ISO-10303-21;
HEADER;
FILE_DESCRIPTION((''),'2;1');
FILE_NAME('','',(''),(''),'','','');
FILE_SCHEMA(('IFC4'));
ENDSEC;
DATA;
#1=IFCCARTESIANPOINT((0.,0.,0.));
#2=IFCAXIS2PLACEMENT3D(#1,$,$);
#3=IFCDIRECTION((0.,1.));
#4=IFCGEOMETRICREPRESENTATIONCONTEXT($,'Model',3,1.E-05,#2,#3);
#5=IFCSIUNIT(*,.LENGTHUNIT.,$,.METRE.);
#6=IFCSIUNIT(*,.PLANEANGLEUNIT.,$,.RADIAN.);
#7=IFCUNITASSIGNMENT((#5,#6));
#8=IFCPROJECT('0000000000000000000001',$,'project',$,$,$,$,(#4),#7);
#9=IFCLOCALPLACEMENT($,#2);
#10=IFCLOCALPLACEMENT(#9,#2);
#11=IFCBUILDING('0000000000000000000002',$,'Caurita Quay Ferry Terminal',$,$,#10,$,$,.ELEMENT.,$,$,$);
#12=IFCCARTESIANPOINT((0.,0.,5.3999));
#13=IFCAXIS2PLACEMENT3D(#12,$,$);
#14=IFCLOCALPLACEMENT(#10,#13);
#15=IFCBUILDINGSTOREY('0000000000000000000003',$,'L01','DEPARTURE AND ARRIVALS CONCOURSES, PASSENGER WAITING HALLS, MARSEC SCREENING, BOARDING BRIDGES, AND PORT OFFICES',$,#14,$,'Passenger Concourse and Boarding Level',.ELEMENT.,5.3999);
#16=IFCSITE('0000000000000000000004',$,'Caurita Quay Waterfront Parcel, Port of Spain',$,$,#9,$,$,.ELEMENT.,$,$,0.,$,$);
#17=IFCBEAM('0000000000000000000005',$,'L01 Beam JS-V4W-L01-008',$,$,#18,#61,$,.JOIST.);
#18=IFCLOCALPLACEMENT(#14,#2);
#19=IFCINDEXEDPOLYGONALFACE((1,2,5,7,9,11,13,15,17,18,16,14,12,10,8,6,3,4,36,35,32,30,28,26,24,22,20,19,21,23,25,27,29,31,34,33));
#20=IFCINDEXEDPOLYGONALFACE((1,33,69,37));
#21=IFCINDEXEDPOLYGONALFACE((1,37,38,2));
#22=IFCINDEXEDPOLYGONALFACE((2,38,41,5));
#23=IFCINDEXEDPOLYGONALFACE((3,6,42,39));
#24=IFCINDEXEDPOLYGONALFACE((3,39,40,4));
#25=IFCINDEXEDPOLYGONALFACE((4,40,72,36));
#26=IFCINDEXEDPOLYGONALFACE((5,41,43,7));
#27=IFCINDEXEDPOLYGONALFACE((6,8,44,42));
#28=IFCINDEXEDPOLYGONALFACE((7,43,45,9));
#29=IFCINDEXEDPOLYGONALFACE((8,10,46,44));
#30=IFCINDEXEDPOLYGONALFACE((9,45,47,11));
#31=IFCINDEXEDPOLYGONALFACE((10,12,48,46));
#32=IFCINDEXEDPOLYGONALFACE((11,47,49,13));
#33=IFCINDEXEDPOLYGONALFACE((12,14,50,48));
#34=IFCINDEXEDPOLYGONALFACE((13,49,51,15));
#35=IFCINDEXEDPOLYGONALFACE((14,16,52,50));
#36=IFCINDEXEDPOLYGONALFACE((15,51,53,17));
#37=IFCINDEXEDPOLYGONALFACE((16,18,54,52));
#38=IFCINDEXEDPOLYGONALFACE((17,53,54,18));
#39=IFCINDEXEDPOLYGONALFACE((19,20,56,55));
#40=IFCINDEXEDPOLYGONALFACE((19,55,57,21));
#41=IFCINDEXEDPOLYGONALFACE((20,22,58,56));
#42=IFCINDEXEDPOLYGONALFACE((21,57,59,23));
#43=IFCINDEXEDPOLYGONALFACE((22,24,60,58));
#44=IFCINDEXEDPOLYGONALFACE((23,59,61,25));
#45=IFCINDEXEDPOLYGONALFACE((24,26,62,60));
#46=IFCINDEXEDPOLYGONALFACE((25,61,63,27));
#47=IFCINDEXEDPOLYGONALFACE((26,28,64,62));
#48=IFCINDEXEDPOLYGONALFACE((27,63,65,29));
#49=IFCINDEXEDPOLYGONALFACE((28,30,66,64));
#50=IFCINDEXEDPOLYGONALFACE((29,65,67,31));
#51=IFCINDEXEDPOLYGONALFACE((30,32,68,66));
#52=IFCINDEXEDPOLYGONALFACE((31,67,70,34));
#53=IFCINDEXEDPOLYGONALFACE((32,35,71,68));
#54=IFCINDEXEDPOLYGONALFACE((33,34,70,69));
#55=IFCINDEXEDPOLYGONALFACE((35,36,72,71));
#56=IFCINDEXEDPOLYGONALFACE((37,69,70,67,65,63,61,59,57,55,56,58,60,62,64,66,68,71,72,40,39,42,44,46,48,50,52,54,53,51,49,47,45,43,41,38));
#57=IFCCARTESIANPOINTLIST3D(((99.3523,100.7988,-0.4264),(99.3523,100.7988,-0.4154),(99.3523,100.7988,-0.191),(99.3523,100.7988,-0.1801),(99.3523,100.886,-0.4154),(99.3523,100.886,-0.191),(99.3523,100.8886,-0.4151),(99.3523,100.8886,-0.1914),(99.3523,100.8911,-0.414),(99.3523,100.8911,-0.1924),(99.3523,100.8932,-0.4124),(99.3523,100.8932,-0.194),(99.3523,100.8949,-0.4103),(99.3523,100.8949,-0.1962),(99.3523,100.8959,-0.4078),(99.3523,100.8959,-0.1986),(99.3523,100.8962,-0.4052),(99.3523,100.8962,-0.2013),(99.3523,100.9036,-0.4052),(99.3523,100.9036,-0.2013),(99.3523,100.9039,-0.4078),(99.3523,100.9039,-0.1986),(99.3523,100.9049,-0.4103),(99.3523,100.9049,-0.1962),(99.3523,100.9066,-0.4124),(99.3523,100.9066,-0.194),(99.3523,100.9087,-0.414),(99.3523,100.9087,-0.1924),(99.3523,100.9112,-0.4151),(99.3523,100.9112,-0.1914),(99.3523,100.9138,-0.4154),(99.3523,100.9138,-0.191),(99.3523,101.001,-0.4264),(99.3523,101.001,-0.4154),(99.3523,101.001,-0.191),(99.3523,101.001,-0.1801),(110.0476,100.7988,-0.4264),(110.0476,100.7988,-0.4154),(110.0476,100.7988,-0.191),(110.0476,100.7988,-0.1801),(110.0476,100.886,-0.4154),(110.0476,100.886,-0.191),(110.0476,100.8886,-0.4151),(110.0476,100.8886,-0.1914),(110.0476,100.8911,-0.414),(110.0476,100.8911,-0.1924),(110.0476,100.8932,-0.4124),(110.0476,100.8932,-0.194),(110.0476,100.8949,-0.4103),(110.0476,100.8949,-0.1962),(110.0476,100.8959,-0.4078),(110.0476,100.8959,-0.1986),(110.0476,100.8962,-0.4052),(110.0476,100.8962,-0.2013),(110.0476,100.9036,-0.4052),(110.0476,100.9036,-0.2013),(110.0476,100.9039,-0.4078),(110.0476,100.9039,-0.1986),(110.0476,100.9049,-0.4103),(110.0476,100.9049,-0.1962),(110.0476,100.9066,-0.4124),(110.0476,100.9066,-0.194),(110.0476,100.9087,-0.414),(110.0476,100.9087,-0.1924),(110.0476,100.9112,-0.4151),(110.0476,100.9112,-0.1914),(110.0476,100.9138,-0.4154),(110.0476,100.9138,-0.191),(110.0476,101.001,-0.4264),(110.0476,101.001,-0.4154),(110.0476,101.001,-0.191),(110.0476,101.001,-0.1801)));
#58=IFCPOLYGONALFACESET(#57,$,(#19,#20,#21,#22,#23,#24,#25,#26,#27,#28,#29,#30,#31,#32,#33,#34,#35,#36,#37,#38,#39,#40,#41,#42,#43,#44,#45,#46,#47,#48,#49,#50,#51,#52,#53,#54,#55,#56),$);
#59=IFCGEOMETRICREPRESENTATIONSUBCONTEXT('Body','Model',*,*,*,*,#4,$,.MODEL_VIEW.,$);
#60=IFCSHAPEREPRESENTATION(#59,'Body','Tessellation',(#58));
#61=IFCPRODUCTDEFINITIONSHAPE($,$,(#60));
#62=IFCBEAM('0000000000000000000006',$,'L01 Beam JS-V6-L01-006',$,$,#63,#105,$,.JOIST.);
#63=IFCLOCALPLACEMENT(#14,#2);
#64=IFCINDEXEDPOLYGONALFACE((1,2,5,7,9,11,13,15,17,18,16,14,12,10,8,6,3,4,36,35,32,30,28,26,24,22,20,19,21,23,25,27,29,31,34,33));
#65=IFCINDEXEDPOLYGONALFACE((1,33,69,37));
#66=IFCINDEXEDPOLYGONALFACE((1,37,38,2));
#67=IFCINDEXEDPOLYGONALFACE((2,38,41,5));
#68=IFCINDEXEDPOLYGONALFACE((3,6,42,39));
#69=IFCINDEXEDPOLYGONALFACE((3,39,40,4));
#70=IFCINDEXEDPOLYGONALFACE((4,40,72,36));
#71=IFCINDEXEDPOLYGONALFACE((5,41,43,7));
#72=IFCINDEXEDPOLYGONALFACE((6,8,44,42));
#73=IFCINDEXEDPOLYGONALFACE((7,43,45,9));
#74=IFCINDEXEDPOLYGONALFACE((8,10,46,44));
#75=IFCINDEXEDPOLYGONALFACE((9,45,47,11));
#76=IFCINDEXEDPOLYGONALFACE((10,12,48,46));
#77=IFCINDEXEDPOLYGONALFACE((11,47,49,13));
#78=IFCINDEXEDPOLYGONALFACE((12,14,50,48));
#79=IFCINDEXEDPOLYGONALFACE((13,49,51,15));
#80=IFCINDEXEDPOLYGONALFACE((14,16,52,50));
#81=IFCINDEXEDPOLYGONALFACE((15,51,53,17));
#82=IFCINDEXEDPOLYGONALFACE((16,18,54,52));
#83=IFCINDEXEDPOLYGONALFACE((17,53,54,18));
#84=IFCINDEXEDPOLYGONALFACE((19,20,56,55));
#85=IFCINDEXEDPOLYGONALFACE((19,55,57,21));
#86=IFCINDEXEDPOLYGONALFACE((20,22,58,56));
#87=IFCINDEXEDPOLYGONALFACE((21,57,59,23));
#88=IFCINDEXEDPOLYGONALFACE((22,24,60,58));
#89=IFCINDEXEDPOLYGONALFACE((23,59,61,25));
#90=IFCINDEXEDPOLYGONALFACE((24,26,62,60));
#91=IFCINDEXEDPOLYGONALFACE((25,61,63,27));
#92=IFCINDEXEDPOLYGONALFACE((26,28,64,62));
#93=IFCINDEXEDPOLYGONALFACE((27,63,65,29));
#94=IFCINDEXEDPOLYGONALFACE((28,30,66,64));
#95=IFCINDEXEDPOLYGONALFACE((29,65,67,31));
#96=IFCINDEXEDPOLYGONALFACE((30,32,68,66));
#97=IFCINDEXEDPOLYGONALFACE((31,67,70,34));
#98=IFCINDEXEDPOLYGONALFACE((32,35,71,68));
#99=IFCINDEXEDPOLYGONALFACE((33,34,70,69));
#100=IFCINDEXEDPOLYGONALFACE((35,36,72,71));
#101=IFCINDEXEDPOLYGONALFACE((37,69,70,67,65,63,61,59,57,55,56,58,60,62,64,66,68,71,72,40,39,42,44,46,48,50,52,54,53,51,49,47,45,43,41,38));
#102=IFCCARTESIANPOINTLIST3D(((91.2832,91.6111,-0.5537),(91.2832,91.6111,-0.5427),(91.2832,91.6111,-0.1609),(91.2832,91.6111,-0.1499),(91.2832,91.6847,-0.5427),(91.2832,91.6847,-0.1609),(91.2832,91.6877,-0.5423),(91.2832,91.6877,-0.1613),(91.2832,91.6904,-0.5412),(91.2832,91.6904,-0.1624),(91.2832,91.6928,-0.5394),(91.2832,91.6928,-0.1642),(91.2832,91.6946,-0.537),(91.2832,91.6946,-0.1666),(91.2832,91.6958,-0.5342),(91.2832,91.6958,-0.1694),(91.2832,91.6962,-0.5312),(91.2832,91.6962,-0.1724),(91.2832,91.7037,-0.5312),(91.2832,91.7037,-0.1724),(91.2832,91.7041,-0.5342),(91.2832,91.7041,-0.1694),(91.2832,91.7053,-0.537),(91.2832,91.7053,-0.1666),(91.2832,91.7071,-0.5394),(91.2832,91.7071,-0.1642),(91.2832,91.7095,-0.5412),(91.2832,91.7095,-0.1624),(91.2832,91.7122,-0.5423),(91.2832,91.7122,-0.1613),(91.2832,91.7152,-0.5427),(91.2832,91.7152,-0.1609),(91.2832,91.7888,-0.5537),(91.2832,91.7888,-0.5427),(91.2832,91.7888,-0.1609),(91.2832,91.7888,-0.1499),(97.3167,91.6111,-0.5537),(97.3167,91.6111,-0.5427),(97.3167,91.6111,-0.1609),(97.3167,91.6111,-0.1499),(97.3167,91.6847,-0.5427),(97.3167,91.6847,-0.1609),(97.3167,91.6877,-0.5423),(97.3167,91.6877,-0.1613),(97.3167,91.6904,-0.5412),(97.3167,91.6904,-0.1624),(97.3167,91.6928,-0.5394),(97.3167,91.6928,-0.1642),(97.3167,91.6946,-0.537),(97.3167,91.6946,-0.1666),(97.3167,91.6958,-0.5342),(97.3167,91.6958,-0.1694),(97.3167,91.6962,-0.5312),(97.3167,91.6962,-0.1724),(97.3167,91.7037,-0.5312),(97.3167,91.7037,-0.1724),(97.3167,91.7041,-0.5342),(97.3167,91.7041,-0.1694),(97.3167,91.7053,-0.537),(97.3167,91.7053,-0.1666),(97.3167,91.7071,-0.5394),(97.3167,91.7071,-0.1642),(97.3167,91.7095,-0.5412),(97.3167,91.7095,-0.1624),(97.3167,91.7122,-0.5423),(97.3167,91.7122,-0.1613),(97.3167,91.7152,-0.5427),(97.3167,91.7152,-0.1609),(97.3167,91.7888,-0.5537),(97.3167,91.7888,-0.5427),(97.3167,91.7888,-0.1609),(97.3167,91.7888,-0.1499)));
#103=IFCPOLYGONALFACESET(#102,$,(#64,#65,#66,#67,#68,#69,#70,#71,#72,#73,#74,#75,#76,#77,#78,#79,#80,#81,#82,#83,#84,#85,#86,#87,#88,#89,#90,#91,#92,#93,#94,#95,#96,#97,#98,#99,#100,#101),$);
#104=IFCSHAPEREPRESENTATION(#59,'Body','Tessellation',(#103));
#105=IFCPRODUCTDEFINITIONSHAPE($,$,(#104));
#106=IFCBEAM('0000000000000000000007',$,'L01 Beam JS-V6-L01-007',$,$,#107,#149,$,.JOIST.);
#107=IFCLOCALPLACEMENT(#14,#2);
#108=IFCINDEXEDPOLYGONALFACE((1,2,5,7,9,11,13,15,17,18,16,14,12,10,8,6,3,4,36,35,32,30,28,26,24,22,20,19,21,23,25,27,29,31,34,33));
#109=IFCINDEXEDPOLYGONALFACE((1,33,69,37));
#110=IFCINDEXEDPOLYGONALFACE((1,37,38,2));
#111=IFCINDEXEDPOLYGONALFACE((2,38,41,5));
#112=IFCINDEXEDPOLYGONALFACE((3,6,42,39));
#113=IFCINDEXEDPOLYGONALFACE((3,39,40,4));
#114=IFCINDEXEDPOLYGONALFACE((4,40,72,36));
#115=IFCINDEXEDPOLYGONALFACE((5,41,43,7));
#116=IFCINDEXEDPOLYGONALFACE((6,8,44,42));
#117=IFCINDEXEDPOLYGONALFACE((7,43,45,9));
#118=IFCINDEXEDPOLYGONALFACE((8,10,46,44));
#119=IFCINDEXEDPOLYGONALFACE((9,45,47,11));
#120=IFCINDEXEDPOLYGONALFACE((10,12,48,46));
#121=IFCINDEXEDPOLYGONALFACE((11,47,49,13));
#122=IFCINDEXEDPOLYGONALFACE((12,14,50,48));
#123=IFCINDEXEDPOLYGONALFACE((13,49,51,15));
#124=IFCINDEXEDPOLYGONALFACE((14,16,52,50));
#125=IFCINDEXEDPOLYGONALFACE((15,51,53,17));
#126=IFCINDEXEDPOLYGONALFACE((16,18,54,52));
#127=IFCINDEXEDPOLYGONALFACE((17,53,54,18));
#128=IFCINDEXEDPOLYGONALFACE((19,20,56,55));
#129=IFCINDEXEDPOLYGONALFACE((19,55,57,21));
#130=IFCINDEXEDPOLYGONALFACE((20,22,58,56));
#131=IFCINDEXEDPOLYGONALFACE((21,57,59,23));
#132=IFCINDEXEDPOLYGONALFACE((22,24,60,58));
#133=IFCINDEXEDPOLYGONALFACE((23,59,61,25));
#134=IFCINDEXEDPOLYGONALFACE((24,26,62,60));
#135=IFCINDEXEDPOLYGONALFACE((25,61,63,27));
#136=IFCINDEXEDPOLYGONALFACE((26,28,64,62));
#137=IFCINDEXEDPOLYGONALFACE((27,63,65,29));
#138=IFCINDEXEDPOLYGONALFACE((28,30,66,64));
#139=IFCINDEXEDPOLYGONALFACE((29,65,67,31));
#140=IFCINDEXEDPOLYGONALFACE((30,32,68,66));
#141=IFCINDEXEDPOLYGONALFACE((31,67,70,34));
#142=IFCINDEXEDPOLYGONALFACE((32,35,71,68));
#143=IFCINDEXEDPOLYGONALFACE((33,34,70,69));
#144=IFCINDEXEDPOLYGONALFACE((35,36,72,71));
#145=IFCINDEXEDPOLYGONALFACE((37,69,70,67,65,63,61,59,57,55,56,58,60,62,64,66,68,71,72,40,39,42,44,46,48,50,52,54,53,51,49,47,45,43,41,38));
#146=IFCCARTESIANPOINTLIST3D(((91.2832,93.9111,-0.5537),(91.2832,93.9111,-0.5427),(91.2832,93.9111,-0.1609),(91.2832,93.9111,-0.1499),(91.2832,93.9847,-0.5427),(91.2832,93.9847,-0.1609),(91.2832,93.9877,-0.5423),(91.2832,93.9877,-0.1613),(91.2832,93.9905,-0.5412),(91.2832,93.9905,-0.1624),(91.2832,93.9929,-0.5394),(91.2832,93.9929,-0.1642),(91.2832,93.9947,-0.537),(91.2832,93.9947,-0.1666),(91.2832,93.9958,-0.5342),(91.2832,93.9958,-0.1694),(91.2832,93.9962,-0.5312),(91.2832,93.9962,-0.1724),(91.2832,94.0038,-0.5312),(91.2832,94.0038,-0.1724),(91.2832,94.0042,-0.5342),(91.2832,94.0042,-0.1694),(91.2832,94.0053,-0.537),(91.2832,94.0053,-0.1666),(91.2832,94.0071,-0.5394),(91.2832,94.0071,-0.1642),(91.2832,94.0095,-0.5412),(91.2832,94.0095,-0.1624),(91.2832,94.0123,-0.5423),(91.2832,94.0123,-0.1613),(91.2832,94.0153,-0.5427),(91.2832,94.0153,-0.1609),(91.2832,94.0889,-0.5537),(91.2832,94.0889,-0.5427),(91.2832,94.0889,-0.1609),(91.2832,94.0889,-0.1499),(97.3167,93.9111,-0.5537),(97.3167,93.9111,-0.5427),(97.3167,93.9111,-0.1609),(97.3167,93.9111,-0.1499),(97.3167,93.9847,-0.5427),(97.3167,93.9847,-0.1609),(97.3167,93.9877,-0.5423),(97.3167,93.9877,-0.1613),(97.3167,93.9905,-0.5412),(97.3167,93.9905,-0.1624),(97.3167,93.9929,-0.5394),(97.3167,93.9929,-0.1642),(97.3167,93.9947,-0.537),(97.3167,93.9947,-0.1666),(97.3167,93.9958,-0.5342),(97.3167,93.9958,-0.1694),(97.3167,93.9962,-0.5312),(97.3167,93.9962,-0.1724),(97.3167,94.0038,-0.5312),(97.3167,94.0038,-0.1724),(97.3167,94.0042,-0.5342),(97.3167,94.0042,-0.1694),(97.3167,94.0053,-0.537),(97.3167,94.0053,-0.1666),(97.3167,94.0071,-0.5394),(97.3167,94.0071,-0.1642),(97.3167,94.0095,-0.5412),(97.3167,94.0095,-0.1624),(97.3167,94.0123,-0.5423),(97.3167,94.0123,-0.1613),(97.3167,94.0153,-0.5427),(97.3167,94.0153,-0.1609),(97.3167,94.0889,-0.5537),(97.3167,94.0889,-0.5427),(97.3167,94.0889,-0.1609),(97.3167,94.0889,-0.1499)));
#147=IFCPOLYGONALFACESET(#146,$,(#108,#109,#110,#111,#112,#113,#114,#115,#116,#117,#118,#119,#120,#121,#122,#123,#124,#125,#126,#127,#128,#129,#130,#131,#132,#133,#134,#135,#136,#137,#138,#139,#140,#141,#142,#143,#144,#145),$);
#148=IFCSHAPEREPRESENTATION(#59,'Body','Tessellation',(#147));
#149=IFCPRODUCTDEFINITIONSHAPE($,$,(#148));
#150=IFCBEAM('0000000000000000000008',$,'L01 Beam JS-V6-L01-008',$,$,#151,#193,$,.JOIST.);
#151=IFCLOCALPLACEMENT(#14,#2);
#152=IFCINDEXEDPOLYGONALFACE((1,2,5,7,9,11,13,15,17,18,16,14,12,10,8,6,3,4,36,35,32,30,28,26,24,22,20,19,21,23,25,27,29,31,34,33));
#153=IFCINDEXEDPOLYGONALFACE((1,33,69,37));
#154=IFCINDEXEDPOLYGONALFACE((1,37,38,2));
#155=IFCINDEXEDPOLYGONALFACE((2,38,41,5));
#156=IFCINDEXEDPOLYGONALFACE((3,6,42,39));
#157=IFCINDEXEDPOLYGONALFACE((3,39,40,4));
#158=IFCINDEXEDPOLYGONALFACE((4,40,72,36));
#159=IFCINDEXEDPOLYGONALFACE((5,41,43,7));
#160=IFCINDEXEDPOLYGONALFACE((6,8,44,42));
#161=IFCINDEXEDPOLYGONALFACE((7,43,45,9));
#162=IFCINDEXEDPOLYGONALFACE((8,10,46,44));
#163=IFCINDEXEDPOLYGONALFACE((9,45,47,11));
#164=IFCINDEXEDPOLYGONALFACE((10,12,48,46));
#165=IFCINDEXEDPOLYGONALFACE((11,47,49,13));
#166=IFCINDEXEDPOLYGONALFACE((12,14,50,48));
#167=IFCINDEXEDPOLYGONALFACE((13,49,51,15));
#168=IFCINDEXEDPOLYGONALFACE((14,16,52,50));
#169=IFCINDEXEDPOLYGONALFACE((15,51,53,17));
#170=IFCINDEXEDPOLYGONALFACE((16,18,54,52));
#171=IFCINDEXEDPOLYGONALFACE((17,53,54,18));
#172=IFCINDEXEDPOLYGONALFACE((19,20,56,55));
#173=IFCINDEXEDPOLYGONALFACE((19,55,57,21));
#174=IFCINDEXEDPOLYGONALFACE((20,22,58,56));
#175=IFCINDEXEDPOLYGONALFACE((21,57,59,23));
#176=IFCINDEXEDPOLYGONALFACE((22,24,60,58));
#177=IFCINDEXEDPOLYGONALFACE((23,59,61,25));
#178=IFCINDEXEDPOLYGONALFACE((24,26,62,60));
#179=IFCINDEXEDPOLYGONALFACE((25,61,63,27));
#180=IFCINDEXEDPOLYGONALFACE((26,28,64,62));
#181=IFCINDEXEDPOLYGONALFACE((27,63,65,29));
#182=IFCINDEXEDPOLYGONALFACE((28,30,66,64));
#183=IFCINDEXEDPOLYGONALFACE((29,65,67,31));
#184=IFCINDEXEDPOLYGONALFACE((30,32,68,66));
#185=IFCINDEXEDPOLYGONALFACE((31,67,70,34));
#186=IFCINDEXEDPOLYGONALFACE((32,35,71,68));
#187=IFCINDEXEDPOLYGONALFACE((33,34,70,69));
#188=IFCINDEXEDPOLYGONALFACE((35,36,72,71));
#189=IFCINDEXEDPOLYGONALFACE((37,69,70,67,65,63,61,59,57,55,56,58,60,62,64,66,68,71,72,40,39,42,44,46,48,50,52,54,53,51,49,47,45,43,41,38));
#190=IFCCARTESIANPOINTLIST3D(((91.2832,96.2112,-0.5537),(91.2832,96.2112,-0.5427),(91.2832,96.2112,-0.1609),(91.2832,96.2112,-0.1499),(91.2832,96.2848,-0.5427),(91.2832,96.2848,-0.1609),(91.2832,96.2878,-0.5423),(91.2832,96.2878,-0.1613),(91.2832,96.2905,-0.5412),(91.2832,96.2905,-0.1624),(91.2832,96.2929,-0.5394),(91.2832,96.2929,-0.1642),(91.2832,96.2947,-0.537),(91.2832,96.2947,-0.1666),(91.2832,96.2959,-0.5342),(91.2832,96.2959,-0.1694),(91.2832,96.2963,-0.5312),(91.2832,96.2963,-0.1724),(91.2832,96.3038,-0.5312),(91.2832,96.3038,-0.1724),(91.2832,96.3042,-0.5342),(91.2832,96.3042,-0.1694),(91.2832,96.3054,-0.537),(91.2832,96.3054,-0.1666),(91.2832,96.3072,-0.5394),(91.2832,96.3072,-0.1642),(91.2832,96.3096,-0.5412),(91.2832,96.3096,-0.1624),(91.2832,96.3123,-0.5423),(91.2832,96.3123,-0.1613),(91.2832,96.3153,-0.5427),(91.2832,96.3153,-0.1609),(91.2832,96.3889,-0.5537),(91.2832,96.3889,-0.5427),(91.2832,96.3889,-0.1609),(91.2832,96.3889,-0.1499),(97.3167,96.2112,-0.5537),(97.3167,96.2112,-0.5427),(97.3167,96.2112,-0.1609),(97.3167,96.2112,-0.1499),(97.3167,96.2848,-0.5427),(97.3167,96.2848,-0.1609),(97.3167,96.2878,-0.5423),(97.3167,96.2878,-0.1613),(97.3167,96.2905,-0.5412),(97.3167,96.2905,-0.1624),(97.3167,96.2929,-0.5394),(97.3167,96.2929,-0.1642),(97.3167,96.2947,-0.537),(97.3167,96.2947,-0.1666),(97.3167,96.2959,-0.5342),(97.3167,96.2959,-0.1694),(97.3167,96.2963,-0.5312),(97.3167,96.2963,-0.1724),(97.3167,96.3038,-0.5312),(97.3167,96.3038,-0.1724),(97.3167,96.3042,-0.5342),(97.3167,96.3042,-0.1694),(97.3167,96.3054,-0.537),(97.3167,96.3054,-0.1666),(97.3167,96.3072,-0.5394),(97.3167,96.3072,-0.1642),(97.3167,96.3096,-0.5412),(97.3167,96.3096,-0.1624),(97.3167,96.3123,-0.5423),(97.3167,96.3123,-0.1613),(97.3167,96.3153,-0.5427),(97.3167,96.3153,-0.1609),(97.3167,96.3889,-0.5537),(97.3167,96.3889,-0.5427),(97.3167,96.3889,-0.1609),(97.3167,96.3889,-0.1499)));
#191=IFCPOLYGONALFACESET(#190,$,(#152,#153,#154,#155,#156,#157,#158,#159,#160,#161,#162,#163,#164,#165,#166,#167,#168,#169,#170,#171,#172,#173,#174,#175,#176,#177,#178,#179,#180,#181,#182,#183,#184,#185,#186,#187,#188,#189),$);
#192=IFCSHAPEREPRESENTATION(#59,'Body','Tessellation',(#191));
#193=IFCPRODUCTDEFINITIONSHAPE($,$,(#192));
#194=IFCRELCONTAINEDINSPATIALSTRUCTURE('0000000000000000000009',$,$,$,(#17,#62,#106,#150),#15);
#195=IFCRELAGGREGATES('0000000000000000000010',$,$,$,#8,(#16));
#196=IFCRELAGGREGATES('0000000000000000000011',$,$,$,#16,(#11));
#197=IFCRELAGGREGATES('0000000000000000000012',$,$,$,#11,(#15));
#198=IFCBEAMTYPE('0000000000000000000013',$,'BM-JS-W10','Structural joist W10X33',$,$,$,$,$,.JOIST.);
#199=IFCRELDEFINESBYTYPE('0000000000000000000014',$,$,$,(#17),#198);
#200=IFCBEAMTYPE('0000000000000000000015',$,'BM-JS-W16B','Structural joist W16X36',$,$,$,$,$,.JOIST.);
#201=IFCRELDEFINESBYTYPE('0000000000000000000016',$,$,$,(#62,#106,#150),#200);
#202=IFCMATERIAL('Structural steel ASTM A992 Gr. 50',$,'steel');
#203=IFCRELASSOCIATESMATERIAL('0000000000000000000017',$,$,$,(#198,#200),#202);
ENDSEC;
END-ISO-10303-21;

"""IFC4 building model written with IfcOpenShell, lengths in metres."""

from ifc_helpers import new_model, si_unit, direction, frame, origin, origin_2d, place, context, subcontext, project, spatial, i_section, extrude, material, material_profile, profile_set, type_object, element, save


model = new_model("IFC4")

# Units and contexts
model_context = context("Model", 3, precision=1e-05, world=origin(), true_north=direction((0.0, 1.0)))
body_context = subcontext(model_context, "Body", "Model", "MODEL_VIEW")
ifc_project = project(units=[si_unit("LENGTHUNIT", "METRE"), si_unit("PLANEANGLEUNIT", "RADIAN")], contexts=[model_context])

# Site, building, storey
site_placement = place(None, origin())
site = spatial("IfcSite", under=ifc_project, at=site_placement, Name="Caurita Quay Waterfront Parcel, Port of Spain", CompositionType="ELEMENT", RefElevation=0.0)
building_placement = place(site_placement, origin())
building = spatial("IfcBuilding", under=site, at=building_placement, Name="Caurita Quay Ferry Terminal", CompositionType="ELEMENT")
storey_placement = place(building_placement, frame((0.0, 0.0, 5.3999)))
storey = spatial("IfcBuildingStorey", under=building, at=storey_placement, Name="L01", Description="DEPARTURE AND ARRIVALS CONCOURSES, PASSENGER WAITING HALLS, MARSEC SCREENING, BOARDING BRIDGES, AND PORT OFFICES", LongName="Passenger Concourse and Boarding Level", CompositionType="ELEMENT", Elevation=5.3999)

# Beams
ifc_material_1 = material(Name="Structural steel ASTM A992 Gr. 50", Category="steel")
ifc_material_profile_1 = material_profile(ifc_material_1, i_section(OverallWidth=0.2021, OverallDepth=0.2463, WebThickness=0.0073, FlangeThickness=0.011, FilletRadius=0.0103, at=origin_2d()), Name="W10X33")
ifc_profile_set_1 = profile_set([ifc_material_profile_1], Name="Structural steel ASTM A992 Gr. 50")
beam_type_1 = type_object("IfcBeamType", Name="BM-JS-W10", Description="Structural joist W10X33", PredefinedType="JOIST", material=ifc_profile_set_1)
for number, where, z_axis, x_axis, name in (
    (1, (99.3523, 100.8999, -0.3032), (1.0, 0.0, 0.0), (0.0, 1.0, 0.0), "L01 Beam JS-V4W-L01-008"),
):
    element("IfcBeam", number, at=place(storey_placement, frame(where, z_axis=z_axis, x_axis=x_axis)), inside=storey, type_object=beam_type_1, Name=name, PredefinedType="JOIST", context=body_context, shape_type="SweptSolid", body=[
        extrude(i_section(OverallWidth=0.2021, OverallDepth=0.2463, WebThickness=0.0073, FlangeThickness=0.011, FilletRadius=0.0103, at=origin_2d()), origin(), (0.0, 0.0, 1.0), 10.6953),
    ])
ifc_material_profile_2 = material_profile(ifc_material_1, i_section(OverallWidth=0.1777, OverallDepth=0.4038, WebThickness=0.0076, FlangeThickness=0.011, FilletRadius=0.0115, at=origin_2d()), Name="W16X36")
ifc_profile_set_2 = profile_set([ifc_material_profile_2], Name="Structural steel ASTM A992 Gr. 50")
beam_type_2 = type_object("IfcBeamType", Name="BM-JS-W16B", Description="Structural joist W16X36", PredefinedType="JOIST", material=ifc_profile_set_2)
for number, where, z_axis, x_axis, name in (
    (2, (91.2832, 91.7, -0.3518), (1.0, 0.0, 0.0), (0.0, 1.0, 0.0), "L01 Beam JS-V6-L01-006"),
    (3, (91.2832, 94.0, -0.3518), (1.0, 0.0, 0.0), (0.0, 1.0, 0.0), "L01 Beam JS-V6-L01-007"),
    (4, (91.2832, 96.3, -0.3518), (1.0, 0.0, 0.0), (0.0, 1.0, 0.0), "L01 Beam JS-V6-L01-008"),
):
    element("IfcBeam", number, at=place(storey_placement, frame(where, z_axis=z_axis, x_axis=x_axis)), inside=storey, type_object=beam_type_2, Name=name, PredefinedType="JOIST", context=body_context, shape_type="SweptSolid", body=[
        extrude(i_section(OverallWidth=0.1777, OverallDepth=0.4038, WebThickness=0.0076, FlangeThickness=0.011, FilletRadius=0.0115, at=origin_2d()), origin(), (0.0, 0.0, 1.0), 6.0334),
    ])

save(model, "model.ifc")
